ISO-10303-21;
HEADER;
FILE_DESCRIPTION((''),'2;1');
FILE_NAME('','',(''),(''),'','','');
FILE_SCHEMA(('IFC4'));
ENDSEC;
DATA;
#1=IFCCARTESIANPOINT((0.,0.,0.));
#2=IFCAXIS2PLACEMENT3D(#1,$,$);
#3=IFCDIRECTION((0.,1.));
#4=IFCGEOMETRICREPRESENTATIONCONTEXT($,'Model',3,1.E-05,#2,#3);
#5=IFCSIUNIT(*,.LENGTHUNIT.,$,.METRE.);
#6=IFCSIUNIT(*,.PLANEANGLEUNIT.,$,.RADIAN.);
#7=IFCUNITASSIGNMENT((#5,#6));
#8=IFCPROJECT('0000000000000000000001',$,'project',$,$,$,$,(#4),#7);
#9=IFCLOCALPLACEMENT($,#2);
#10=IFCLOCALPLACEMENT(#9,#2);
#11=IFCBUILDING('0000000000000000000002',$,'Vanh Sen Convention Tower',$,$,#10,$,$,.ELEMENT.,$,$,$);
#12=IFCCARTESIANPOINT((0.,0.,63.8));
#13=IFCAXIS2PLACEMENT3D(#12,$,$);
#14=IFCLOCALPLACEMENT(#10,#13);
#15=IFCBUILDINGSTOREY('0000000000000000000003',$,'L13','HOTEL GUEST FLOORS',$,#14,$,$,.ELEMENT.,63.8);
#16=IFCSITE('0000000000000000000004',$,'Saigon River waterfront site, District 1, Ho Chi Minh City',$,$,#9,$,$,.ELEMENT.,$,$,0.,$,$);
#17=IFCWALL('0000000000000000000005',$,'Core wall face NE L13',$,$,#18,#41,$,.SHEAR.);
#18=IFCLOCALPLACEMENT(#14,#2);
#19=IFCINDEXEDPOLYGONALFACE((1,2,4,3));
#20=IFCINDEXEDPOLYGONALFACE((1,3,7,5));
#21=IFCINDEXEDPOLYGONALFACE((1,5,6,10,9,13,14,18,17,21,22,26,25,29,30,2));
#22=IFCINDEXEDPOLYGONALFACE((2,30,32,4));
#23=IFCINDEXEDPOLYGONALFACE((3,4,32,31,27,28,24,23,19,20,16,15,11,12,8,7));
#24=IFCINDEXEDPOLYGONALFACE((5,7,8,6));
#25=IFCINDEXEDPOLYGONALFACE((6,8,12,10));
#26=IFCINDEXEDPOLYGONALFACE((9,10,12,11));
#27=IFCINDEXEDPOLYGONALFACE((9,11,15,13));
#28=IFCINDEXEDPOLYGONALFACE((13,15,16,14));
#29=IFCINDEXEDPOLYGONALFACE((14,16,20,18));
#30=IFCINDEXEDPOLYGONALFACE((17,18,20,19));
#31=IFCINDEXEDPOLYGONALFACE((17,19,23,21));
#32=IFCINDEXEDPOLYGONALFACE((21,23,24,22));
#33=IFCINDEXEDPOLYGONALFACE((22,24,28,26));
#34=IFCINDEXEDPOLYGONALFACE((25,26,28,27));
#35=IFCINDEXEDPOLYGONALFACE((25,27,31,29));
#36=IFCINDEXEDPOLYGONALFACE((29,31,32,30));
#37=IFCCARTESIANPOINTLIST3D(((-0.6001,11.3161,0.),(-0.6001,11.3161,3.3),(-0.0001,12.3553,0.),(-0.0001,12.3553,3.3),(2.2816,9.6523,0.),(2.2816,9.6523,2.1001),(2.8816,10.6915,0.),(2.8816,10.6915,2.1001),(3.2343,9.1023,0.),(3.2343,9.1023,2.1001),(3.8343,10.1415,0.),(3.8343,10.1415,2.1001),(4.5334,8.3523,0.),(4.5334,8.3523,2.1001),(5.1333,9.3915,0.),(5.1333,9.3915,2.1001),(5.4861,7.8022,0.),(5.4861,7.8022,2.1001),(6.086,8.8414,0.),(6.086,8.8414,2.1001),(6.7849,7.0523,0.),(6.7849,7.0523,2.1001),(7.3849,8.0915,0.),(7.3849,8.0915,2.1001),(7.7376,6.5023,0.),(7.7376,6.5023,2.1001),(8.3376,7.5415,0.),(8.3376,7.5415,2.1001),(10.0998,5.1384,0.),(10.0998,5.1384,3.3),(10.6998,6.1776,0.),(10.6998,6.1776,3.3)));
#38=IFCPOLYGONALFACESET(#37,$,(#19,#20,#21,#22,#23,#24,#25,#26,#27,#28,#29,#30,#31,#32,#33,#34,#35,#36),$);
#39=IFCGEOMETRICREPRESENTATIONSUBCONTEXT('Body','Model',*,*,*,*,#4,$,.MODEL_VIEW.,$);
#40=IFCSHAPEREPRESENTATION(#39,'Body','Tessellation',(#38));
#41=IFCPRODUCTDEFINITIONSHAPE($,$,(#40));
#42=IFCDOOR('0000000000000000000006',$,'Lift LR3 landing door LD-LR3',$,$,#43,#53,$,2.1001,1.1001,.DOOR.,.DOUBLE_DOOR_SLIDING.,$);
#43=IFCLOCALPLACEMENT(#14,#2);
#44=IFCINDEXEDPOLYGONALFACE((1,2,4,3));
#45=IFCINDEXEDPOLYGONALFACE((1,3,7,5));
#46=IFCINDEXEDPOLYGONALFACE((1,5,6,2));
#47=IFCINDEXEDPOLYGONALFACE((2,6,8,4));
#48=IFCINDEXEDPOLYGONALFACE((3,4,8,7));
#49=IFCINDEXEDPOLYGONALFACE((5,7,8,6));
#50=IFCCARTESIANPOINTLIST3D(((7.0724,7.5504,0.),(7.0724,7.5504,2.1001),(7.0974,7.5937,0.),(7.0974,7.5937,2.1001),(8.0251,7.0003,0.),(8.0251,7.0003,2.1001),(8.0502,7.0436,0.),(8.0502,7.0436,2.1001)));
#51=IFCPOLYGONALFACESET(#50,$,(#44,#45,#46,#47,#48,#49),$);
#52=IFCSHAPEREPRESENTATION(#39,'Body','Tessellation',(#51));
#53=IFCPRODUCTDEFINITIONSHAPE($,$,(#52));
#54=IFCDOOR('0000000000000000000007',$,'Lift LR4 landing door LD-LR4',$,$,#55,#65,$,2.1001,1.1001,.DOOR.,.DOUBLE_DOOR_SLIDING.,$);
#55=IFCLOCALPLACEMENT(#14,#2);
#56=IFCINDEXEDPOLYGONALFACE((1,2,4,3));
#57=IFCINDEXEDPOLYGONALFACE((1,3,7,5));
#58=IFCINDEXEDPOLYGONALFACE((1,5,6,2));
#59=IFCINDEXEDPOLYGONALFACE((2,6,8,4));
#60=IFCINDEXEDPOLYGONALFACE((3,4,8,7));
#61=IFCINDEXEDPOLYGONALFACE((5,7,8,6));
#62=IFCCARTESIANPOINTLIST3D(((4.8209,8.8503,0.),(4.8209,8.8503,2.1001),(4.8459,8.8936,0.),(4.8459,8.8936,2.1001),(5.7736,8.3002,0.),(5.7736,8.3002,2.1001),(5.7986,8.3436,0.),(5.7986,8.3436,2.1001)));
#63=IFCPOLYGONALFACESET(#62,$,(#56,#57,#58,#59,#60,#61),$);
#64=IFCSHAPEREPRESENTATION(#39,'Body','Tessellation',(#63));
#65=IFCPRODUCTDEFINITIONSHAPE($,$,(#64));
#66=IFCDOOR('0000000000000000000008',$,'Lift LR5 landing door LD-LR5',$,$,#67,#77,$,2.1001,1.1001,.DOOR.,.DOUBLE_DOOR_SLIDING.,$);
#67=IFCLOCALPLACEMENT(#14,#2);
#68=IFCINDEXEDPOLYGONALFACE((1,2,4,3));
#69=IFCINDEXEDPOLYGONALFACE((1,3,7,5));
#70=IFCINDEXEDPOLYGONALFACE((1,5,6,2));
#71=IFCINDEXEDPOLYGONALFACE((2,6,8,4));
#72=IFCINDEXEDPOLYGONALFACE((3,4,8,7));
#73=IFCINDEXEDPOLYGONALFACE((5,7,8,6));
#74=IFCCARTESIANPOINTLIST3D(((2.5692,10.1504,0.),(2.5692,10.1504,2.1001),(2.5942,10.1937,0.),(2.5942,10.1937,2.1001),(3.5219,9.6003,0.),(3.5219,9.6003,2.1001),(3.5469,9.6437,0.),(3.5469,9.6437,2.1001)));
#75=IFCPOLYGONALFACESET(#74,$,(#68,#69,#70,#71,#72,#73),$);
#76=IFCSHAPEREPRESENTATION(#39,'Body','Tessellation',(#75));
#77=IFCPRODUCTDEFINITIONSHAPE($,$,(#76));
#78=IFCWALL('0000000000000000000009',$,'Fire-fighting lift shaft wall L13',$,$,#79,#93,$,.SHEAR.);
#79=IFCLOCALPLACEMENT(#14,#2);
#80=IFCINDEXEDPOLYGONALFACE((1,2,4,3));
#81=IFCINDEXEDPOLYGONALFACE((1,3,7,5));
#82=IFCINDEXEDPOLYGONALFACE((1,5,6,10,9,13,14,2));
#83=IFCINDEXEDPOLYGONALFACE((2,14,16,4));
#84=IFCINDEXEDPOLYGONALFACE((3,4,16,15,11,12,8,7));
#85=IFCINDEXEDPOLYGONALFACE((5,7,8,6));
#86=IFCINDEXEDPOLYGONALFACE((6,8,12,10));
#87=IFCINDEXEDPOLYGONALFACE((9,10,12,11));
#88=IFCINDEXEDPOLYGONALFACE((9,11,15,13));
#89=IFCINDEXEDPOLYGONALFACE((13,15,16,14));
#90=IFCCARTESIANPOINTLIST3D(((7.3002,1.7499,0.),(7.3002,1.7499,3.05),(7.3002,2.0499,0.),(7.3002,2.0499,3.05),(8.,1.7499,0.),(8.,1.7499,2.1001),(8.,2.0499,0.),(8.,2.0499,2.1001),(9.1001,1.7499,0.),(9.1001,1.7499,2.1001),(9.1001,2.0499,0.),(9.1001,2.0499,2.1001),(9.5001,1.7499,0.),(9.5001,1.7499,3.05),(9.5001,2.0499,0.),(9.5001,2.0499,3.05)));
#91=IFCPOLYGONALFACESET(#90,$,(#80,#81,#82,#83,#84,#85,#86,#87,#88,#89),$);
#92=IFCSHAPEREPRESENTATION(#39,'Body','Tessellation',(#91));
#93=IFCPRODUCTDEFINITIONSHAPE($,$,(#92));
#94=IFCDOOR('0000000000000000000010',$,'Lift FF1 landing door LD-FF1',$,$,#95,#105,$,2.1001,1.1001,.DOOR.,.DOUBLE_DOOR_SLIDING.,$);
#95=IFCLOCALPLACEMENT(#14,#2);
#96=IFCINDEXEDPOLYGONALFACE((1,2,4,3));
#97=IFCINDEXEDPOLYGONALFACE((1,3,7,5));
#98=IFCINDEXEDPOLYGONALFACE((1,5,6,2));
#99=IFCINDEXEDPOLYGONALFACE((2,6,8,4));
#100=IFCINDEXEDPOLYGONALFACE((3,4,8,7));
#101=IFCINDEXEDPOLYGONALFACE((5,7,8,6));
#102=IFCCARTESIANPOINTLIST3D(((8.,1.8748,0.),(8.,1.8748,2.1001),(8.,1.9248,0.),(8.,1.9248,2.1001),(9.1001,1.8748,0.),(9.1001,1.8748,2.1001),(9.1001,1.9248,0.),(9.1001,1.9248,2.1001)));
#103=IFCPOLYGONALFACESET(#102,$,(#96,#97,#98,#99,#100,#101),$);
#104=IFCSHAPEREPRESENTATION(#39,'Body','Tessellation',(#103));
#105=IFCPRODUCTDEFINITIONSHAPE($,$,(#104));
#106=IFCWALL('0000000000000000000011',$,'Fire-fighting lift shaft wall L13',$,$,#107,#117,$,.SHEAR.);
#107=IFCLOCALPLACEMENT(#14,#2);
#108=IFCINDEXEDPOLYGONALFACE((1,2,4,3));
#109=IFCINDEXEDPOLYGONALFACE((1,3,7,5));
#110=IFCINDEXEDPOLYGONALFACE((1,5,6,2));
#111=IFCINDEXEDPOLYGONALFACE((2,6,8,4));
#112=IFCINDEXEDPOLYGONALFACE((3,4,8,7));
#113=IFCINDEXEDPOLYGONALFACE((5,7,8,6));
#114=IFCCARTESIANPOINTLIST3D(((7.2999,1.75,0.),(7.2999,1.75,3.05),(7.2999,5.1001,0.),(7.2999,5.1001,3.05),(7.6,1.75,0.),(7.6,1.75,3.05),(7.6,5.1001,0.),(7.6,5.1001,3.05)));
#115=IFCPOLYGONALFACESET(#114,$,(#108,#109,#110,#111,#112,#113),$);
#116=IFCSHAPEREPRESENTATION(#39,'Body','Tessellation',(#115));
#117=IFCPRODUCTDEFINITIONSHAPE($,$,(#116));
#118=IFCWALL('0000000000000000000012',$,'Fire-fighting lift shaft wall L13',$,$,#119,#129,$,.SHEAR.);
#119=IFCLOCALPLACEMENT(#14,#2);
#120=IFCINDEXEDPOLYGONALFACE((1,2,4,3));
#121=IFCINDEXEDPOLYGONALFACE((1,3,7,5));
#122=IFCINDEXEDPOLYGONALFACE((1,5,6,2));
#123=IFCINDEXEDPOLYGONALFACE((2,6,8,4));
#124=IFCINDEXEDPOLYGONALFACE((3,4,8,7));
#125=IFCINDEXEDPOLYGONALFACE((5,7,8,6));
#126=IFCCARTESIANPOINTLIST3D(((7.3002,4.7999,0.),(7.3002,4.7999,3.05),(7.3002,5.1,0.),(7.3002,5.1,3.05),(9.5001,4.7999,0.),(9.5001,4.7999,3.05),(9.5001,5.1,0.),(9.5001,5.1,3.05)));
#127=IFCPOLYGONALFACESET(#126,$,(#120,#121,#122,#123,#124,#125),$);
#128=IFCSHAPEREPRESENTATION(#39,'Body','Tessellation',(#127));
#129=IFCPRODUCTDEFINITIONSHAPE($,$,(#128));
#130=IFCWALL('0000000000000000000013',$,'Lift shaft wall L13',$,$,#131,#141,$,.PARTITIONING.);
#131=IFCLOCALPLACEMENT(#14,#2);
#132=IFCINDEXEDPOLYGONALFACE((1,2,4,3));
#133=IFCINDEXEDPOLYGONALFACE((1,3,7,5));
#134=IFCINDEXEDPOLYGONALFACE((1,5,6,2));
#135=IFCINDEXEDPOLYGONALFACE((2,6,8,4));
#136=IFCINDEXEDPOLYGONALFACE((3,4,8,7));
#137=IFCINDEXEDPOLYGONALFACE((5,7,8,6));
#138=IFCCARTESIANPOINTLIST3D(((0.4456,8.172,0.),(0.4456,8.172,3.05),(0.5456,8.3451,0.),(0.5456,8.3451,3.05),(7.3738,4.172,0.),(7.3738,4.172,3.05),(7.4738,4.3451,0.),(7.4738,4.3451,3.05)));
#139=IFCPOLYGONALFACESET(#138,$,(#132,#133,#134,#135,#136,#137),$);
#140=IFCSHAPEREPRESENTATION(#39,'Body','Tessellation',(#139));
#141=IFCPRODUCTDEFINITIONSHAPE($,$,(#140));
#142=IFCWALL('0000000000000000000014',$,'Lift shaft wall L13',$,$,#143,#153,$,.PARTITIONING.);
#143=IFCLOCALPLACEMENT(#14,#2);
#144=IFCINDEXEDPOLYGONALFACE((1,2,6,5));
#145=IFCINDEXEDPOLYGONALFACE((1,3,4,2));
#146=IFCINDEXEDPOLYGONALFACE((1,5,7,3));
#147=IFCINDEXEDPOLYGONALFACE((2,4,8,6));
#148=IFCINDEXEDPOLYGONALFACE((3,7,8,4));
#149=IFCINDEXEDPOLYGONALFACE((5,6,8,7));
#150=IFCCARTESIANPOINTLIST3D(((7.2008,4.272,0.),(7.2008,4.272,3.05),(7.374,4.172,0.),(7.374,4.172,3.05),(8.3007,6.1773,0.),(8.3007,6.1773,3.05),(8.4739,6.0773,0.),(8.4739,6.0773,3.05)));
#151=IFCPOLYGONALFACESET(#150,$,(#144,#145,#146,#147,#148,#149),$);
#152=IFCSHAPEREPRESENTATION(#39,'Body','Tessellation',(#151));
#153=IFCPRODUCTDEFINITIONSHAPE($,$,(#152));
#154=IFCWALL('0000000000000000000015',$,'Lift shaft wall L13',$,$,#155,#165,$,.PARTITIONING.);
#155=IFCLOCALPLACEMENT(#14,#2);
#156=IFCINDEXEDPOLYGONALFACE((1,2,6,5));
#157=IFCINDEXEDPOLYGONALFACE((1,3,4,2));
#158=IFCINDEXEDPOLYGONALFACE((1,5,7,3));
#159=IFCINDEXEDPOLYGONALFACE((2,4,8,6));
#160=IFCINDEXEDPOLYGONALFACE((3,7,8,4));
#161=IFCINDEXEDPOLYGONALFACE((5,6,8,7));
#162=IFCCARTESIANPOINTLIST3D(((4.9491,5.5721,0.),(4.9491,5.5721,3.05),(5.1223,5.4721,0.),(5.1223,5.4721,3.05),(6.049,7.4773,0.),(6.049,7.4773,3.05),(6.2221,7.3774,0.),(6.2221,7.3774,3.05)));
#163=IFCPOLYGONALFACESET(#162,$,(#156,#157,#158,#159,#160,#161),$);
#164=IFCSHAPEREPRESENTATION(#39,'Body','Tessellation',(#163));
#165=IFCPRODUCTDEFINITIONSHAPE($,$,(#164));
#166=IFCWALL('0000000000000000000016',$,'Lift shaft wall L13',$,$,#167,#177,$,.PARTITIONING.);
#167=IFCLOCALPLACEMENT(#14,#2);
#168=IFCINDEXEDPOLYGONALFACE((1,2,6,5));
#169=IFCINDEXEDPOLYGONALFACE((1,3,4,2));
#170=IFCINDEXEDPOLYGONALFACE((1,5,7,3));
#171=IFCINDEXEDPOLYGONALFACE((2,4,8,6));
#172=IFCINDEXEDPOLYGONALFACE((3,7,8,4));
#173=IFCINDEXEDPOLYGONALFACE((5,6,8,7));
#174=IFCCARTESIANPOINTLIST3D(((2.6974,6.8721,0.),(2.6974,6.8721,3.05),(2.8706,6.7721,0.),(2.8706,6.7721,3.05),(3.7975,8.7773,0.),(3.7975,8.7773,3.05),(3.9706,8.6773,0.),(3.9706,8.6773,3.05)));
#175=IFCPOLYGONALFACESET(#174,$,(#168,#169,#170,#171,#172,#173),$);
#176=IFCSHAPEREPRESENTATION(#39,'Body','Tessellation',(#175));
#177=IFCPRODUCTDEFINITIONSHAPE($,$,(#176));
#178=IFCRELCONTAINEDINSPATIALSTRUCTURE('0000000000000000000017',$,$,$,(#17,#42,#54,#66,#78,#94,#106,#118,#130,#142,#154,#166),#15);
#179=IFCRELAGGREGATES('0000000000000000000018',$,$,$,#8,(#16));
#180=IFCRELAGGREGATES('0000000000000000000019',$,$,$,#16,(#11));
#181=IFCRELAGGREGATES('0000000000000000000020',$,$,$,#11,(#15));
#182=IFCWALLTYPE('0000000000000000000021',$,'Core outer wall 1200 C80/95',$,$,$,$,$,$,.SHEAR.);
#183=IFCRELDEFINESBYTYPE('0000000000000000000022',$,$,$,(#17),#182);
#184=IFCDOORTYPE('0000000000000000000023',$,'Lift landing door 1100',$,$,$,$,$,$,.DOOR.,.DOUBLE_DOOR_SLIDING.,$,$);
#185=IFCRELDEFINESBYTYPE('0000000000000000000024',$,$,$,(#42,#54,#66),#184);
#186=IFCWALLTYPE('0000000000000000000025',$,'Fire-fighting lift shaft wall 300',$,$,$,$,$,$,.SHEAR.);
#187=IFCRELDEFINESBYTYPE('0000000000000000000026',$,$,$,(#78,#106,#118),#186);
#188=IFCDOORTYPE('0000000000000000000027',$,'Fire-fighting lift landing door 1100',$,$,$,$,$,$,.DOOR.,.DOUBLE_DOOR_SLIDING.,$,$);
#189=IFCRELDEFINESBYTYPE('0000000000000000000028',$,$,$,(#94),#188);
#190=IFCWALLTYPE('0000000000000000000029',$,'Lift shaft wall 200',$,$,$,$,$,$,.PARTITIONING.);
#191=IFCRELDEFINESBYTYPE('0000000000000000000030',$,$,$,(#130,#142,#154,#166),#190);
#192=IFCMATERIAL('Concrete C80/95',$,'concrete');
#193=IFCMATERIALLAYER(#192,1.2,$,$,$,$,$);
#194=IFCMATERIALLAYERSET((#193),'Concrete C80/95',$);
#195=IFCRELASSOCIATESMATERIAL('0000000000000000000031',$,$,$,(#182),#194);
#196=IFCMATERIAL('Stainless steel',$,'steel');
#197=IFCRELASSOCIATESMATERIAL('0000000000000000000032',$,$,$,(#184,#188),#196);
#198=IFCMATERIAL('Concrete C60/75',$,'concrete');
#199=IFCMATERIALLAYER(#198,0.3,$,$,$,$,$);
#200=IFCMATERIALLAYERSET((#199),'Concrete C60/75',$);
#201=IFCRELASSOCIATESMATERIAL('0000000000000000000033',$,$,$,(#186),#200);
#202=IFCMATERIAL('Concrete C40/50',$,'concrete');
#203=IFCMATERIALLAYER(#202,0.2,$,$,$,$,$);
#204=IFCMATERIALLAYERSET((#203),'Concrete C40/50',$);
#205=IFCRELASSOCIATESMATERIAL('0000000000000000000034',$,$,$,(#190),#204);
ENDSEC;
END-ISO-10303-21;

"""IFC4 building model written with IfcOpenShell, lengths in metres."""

from ifc_helpers import new_model, si_unit, direction, frame, frame_2d, origin, place, context, subcontext, project, spatial, rectangle, extrude, material, layer, layer_set, type_object, element, fill, save


model = new_model("IFC4")

# Units and contexts
model_context = context("Model", 3, precision=1e-05, world=origin(), true_north=direction((0.0, 1.0)))
body_context = subcontext(model_context, "Body", "Model", "MODEL_VIEW")
ifc_project = project(units=[si_unit("LENGTHUNIT", "METRE"), si_unit("PLANEANGLEUNIT", "RADIAN")], contexts=[model_context])

# Site, building, storey
site_placement = place(None, origin())
site = spatial("IfcSite", under=ifc_project, at=site_placement, Name="Saigon River waterfront site, District 1, Ho Chi Minh City", CompositionType="ELEMENT", RefElevation=0.0)
building_placement = place(site_placement, origin())
building = spatial("IfcBuilding", under=site, at=building_placement, Name="Vanh Sen Convention Tower", CompositionType="ELEMENT")
storey_placement = place(building_placement, frame((0.0, 0.0, 63.8)))
storey = spatial("IfcBuildingStorey", under=building, at=storey_placement, Name="L13", Description="HOTEL GUEST FLOORS", CompositionType="ELEMENT", Elevation=63.8)

# Wall, openings, doors
ifc_material_1 = material(Name="Concrete C80/95", Category="concrete")
ifc_layer_1 = layer(ifc_material_1, 1.2)
ifc_layer_set_1 = layer_set([ifc_layer_1], Name="Concrete C80/95")
wall_type_1 = type_object("IfcWallType", Name="Core outer wall 1200 C80/95", PredefinedType="SHEAR", material=ifc_layer_set_1)
wall_1_placement = place(storey_placement, frame((10.3999, 5.658, 0.0), z_axis=(0.0, 0.0, 1.0), x_axis=(-0.866021, 0.500007, 0.0)))
wall_1 = element("IfcWall", 1, at=wall_1_placement, inside=storey, type_object=wall_type_1, Name="Core wall face NE L13", PredefinedType="SHEAR", context=body_context, shape_type="SweptSolid", body=[
    extrude(rectangle(XDim=12.3552, YDim=1.2, at=frame_2d((6.1777, 0.0))), origin(), (0.0, 0.0, 1.0), 3.3),
])
opening_1_placement = place(wall_1_placement, frame((2.7278, 0.0, 0.0)))
opening_1 = element("IfcOpeningElement", 2, at=opening_1_placement, cuts=wall_1, PredefinedType="OPENING", context=body_context, shape_type="SweptSolid", body=[
    extrude(rectangle(XDim=1.1001, YDim=2.1001, at=frame_2d((0.55, 1.05))), frame((0.0, 0.6099, 0.0), z_axis=(0.0, -1.0, 0.0), x_axis=(1.0, 0.0, 0.0)), (0.0, 0.0, 1.0), 1.22),
])
opening_2_placement = place(wall_1_placement, frame((5.3276, 0.0, 0.0)))
opening_2 = element("IfcOpeningElement", 3, at=opening_2_placement, cuts=wall_1, PredefinedType="OPENING", context=body_context, shape_type="SweptSolid", body=[
    extrude(rectangle(XDim=1.1001, YDim=2.1001, at=frame_2d((0.55, 1.05))), frame((0.0, 0.6099, 0.0), z_axis=(0.0, -1.0, 0.0), x_axis=(1.0, 0.0, 0.0)), (0.0, 0.0, 1.0), 1.22),
])
opening_3_placement = place(wall_1_placement, frame((7.9277, 0.0, 0.0)))
opening_3 = element("IfcOpeningElement", 4, at=opening_3_placement, cuts=wall_1, PredefinedType="OPENING", context=body_context, shape_type="SweptSolid", body=[
    extrude(rectangle(XDim=1.1001, YDim=2.1001, at=frame_2d((0.55, 1.05))), frame((0.0, 0.6099, 0.0), z_axis=(0.0, -1.0, 0.0), x_axis=(1.0, 0.0, 0.0)), (0.0, 0.0, 1.0), 1.22),
])
ifc_material_2 = material(Name="Stainless steel", Category="steel")
door_type_1 = type_object("IfcDoorType", Name="Lift landing door 1100", OperationType="DOUBLE_DOOR_SLIDING", PredefinedType="DOOR", material=ifc_material_2)
door_1_placement = place(opening_1_placement, origin())
door_1 = element("IfcDoor", 5, at=door_1_placement, inside=storey, type_object=door_type_1, Name="Lift LR3 landing door LD-LR3", OperationType="DOUBLE_DOOR_SLIDING", OverallHeight=2.1001, OverallWidth=1.1001, PredefinedType="DOOR", context=body_context, shape_type="SweptSolid", body=[
    extrude(rectangle(XDim=1.1001, YDim=2.1001, at=frame_2d((0.55, 1.05))), frame((0.0, 0.0249, 0.0), z_axis=(0.0, -1.0, 0.0), x_axis=(1.0, 0.0, 0.0)), (0.0, 0.0, 1.0), 0.05),
])
fill(opening_1, door_1)
door_2_placement = place(opening_2_placement, origin())
door_2 = element("IfcDoor", 6, at=door_2_placement, inside=storey, type_object=door_type_1, Name="Lift LR4 landing door LD-LR4", OperationType="DOUBLE_DOOR_SLIDING", OverallHeight=2.1001, OverallWidth=1.1001, PredefinedType="DOOR", context=body_context, shape_type="SweptSolid", body=[
    extrude(rectangle(XDim=1.1001, YDim=2.1001, at=frame_2d((0.55, 1.05))), frame((0.0, 0.0249, 0.0), z_axis=(0.0, -1.0, 0.0), x_axis=(1.0, 0.0, 0.0)), (0.0, 0.0, 1.0), 0.05),
])
fill(opening_2, door_2)
door_3_placement = place(opening_3_placement, origin())
door_3 = element("IfcDoor", 7, at=door_3_placement, inside=storey, type_object=door_type_1, Name="Lift LR5 landing door LD-LR5", OperationType="DOUBLE_DOOR_SLIDING", OverallHeight=2.1001, OverallWidth=1.1001, PredefinedType="DOOR", context=body_context, shape_type="SweptSolid", body=[
    extrude(rectangle(XDim=1.1001, YDim=2.1001, at=frame_2d((0.55, 1.05))), frame((0.0, 0.0249, 0.0), z_axis=(0.0, -1.0, 0.0), x_axis=(1.0, 0.0, 0.0)), (0.0, 0.0, 1.0), 0.05),
])
fill(opening_3, door_3)

# Wall, opening, door
ifc_material_3 = material(Name="Concrete C60/75", Category="concrete")
ifc_layer_2 = layer(ifc_material_3, 0.3)
ifc_layer_set_2 = layer_set([ifc_layer_2], Name="Concrete C60/75")
wall_type_2 = type_object("IfcWallType", Name="Fire-fighting lift shaft wall 300", PredefinedType="SHEAR", material=ifc_layer_set_2)
wall_2_placement = place(storey_placement, frame((7.3, 1.8999, 0.0), z_axis=(0.0, 0.0, 1.0), x_axis=(1.0, 0.0, 0.0)))
wall_2 = element("IfcWall", 8, at=wall_2_placement, inside=storey, type_object=wall_type_2, Name="Fire-fighting lift shaft wall L13", PredefinedType="SHEAR", context=body_context, shape_type="SweptSolid", body=[
    extrude(rectangle(XDim=2.2, YDim=0.3, at=frame_2d((1.1001, 0.0))), origin(), (0.0, 0.0, 1.0), 3.05),
])
opening_4_placement = place(wall_2_placement, frame((0.7, 0.0, 0.0)))
opening_4 = element("IfcOpeningElement", 9, at=opening_4_placement, cuts=wall_2, PredefinedType="OPENING", context=body_context, shape_type="SweptSolid", body=[
    extrude(rectangle(XDim=1.1001, YDim=2.1001, at=frame_2d((0.55, 1.05))), frame((0.0, 0.1599, 0.0), z_axis=(0.0, -1.0, 0.0), x_axis=(1.0, 0.0, 0.0)), (0.0, 0.0, 1.0), 0.3201),
])
door_type_2 = type_object("IfcDoorType", Name="Fire-fighting lift landing door 1100", OperationType="DOUBLE_DOOR_SLIDING", PredefinedType="DOOR", material=ifc_material_2)
door_4_placement = place(opening_4_placement, origin())
door_4 = element("IfcDoor", 10, at=door_4_placement, inside=storey, type_object=door_type_2, Name="Lift FF1 landing door LD-FF1", OperationType="DOUBLE_DOOR_SLIDING", OverallHeight=2.1001, OverallWidth=1.1001, PredefinedType="DOOR", context=body_context, shape_type="SweptSolid", body=[
    extrude(rectangle(XDim=1.1001, YDim=2.1001, at=frame_2d((0.55, 1.05))), frame((0.0, 0.0249, 0.0), z_axis=(0.0, -1.0, 0.0), x_axis=(1.0, 0.0, 0.0)), (0.0, 0.0, 1.0), 0.05),
])
fill(opening_4, door_4)

# Walls
wall_3_placement = place(storey_placement, frame((7.45, 1.75, 0.0), z_axis=(0.0, 0.0, 1.0), x_axis=(0.0, 1.0, 0.0)))
element("IfcWall", 11, at=wall_3_placement, inside=storey, type_object=wall_type_2, Name="Fire-fighting lift shaft wall L13", PredefinedType="SHEAR", context=body_context, shape_type="SweptSolid", body=[
    extrude(rectangle(XDim=3.3501, YDim=0.3, at=frame_2d((1.675, 0.0))), origin(), (0.0, 0.0, 1.0), 3.05),
])
wall_4_placement = place(storey_placement, frame((7.3, 4.95, 0.0), z_axis=(0.0, 0.0, 1.0), x_axis=(1.0, 0.0, 0.0)))
element("IfcWall", 12, at=wall_4_placement, inside=storey, type_object=wall_type_2, Name="Fire-fighting lift shaft wall L13", PredefinedType="SHEAR", context=body_context, shape_type="SweptSolid", body=[
    extrude(rectangle(XDim=2.2, YDim=0.3, at=frame_2d((1.1001, 0.0))), origin(), (0.0, 0.0, 1.0), 3.05),
])
ifc_material_4 = material(Name="Concrete C40/50", Category="concrete")
ifc_layer_3 = layer(ifc_material_4, 0.2)
ifc_layer_set_3 = layer_set([ifc_layer_3], Name="Concrete C40/50")
wall_type_3 = type_object("IfcWallType", Name="Lift shaft wall 200", PredefinedType="PARTITIONING", material=ifc_layer_set_3)
wall_5_placement = place(storey_placement, frame((7.4238, 4.2585, 0.0), z_axis=(0.0, 0.0, 1.0), x_axis=(-0.866026, 0.499999, 0.0)))
element("IfcWall", 13, at=wall_5_placement, inside=storey, type_object=wall_type_3, Name="Lift shaft wall L13", PredefinedType="PARTITIONING", context=body_context, shape_type="SweptSolid", body=[
    extrude(rectangle(XDim=8.0, YDim=0.2, at=frame_2d((4.0, 0.0))), origin(), (0.0, 0.0, 1.0), 3.05),
])
for number, where, z_axis, x_axis, name in (
    (14, (7.2874, 4.2219, 0.0), (0.0, 0.0, 1.0), (0.499947, 0.866056, 0.0), "Lift shaft wall L13"),
    (15, (5.0356, 5.522, 0.0), (0.0, 0.0, 1.0), (0.499947, 0.866056, 0.0), "Lift shaft wall L13"),
    (16, (2.7839, 6.822, 0.0), (0.0, 0.0, 1.0), (0.50003, 0.866008, 0.0), "Lift shaft wall L13"),
):
    element("IfcWall", number, at=place(storey_placement, frame(where, z_axis=z_axis, x_axis=x_axis)), inside=storey, type_object=wall_type_3, Name=name, PredefinedType="PARTITIONING", context=body_context, shape_type="SweptSolid", body=[
        extrude(rectangle(XDim=2.2, YDim=0.2, at=frame_2d((1.1001, 0.0))), origin(), (0.0, 0.0, 1.0), 3.05),
    ])

save(model, "model.ifc")
